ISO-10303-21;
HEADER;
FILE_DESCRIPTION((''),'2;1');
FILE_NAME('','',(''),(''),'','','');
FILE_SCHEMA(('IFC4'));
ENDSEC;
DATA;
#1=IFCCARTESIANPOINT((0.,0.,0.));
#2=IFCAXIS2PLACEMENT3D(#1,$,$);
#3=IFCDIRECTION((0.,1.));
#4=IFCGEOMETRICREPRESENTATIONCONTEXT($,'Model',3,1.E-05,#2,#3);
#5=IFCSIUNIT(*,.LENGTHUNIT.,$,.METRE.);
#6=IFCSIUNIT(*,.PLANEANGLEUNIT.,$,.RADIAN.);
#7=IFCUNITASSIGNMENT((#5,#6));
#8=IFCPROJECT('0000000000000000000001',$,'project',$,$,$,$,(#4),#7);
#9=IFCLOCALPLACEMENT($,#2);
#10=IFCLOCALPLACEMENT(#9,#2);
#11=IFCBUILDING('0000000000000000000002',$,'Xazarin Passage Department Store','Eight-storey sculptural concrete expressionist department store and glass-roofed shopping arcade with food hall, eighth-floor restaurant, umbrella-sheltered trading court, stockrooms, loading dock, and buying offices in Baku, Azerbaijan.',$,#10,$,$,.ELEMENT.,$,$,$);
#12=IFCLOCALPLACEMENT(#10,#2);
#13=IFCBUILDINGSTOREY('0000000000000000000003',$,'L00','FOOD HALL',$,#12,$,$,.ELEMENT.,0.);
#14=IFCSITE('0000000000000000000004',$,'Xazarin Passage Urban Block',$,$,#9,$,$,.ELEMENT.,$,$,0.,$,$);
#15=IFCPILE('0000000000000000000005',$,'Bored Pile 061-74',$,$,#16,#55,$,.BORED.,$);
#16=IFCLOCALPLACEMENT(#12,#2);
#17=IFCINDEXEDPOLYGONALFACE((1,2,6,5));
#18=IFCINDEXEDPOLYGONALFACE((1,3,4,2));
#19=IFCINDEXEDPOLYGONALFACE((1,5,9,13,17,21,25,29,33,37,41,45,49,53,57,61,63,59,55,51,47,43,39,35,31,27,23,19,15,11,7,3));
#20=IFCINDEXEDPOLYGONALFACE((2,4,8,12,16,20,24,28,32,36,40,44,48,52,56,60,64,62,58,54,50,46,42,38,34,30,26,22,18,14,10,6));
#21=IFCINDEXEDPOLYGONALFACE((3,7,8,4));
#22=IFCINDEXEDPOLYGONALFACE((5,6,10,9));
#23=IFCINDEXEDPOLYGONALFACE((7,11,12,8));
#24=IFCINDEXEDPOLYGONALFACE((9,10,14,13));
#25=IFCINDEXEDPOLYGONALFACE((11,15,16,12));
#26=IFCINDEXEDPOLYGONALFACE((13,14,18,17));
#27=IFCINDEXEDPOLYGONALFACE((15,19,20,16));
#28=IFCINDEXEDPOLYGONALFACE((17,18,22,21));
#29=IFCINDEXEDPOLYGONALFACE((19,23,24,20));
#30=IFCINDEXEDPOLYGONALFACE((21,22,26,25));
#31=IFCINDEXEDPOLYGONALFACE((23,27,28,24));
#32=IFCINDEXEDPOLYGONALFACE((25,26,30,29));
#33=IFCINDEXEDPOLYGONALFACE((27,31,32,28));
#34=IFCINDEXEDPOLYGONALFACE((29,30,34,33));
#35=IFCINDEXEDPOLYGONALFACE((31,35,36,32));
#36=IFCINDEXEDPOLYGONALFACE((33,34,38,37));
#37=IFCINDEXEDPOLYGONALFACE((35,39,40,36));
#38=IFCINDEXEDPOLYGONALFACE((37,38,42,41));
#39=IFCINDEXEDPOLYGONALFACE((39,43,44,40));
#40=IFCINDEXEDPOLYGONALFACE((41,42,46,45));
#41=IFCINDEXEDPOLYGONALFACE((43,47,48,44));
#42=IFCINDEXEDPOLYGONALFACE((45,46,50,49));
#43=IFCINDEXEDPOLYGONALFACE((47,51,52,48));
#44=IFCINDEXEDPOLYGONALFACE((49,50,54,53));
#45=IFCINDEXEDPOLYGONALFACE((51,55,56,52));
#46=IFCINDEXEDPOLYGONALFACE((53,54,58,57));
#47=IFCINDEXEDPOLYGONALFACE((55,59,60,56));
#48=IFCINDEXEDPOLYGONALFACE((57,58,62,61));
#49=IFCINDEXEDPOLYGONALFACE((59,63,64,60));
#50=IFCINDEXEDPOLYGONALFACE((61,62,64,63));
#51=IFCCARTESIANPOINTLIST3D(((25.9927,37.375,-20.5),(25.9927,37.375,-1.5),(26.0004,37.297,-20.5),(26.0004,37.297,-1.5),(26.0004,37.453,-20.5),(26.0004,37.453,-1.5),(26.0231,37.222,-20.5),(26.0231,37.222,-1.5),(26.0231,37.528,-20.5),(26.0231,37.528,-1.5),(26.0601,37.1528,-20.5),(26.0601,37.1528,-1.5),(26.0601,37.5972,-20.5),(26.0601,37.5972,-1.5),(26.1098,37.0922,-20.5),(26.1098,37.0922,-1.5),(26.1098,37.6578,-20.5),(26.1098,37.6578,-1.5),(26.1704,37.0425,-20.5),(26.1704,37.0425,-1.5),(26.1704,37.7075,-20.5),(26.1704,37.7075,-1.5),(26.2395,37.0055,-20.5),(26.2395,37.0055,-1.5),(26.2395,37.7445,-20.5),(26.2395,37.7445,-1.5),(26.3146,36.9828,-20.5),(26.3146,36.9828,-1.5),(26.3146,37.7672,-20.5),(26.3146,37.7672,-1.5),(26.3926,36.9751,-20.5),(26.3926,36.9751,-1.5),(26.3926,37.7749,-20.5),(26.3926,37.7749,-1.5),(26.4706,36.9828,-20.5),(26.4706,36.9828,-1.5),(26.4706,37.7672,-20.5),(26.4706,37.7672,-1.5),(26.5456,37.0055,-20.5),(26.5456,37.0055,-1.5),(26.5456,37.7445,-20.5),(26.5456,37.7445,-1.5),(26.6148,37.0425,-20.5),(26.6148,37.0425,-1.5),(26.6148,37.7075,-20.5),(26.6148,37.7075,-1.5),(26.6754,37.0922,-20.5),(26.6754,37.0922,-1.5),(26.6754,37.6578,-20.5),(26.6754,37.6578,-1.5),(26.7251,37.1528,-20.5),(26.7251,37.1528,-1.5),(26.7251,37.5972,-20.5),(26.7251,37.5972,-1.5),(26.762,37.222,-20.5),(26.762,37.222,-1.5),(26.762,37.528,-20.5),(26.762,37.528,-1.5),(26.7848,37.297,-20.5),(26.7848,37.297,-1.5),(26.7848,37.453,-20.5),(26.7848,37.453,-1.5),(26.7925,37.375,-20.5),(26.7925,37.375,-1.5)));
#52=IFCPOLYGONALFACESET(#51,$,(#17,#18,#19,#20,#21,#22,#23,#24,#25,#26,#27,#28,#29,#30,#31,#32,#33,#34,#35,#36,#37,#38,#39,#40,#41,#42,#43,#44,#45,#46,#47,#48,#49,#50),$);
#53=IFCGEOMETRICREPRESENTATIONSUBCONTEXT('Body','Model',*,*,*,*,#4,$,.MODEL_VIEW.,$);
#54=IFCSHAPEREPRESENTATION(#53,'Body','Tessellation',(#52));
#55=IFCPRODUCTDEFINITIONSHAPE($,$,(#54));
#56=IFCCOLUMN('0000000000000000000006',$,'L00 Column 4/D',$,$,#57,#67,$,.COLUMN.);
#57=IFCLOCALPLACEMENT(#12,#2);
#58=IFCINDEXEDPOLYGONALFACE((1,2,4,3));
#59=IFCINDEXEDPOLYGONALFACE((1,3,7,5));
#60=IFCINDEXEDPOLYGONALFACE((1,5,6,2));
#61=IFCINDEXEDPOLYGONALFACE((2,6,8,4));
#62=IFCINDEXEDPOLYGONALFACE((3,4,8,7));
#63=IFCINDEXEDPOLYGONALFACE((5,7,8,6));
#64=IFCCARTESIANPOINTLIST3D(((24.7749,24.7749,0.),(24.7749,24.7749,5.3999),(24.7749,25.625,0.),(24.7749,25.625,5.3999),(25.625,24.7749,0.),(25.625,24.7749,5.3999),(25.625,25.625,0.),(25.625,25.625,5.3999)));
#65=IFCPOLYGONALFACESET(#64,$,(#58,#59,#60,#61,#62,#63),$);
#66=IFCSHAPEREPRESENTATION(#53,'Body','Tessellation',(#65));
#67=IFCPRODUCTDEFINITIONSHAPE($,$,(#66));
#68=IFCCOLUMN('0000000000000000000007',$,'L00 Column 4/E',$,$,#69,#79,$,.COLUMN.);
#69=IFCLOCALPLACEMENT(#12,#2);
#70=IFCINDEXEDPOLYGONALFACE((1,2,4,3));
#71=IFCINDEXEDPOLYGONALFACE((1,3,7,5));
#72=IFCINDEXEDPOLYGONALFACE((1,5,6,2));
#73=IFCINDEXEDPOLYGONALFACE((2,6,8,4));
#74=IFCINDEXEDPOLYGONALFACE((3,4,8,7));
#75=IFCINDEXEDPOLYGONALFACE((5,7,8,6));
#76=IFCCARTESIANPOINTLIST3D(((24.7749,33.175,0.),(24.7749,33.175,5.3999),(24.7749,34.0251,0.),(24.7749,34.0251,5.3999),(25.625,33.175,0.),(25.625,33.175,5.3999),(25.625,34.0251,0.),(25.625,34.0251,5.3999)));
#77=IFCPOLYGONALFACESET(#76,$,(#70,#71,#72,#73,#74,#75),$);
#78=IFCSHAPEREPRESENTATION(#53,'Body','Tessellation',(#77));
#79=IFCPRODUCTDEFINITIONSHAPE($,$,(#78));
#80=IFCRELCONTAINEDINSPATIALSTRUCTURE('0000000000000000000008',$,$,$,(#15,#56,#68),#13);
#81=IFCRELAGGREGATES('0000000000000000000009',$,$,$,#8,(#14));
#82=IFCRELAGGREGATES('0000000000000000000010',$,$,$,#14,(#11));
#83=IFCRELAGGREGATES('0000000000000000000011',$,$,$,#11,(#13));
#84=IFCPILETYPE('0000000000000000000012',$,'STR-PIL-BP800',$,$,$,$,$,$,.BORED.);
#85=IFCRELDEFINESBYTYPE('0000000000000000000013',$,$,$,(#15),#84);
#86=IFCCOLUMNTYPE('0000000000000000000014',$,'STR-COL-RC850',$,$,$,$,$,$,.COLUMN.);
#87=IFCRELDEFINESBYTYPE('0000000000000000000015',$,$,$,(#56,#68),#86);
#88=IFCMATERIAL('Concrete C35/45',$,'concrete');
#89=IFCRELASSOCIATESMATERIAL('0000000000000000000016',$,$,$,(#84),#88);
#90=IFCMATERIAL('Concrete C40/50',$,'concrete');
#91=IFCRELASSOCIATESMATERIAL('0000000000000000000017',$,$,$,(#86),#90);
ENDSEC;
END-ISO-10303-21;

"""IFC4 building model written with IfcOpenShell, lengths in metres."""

from ifc_helpers import new_model, si_unit, direction, frame, origin, origin_2d, place, context, subcontext, project, spatial, rectangle, circle, extrude, material, material_profile, profile_set, type_object, element, save


model = new_model("IFC4")

# Units and contexts
model_context = context("Model", 3, precision=1e-05, world=origin(), true_north=direction((0.0, 1.0)))
body_context = subcontext(model_context, "Body", "Model", "MODEL_VIEW")
ifc_project = project(units=[si_unit("LENGTHUNIT", "METRE"), si_unit("PLANEANGLEUNIT", "RADIAN")], contexts=[model_context])

# Site, building, storey
site_placement = place(None, origin())
site = spatial("IfcSite", under=ifc_project, at=site_placement, Name="Xazarin Passage Urban Block", CompositionType="ELEMENT", RefElevation=0.0)
building_placement = place(site_placement, origin())
building = spatial("IfcBuilding", under=site, at=building_placement, Name="Xazarin Passage Department Store", Description="Eight-storey sculptural concrete expressionist department store and glass-roofed shopping arcade with food hall, eighth-floor restaurant, umbrella-sheltered trading court, stockrooms, loading dock, and buying offices in Baku, Azerbaijan.", CompositionType="ELEMENT")
storey_placement = place(building_placement, origin())
storey = spatial("IfcBuildingStorey", under=building, at=storey_placement, Name="L00", Description="FOOD HALL", CompositionType="ELEMENT", Elevation=0.0)

# Shared definitions
ifc_material_1 = material(Name="Concrete C35/45", Category="concrete")

# Pile
ifc_material_profile_1 = material_profile(ifc_material_1, circle(Radius=0.3999, at=origin_2d()), Name="BP 800")
ifc_profile_set_1 = profile_set([ifc_material_profile_1], Name="Concrete C35/45")
pile_type_1 = type_object("IfcPileType", Name="STR-PIL-BP800", PredefinedType="BORED", material=ifc_profile_set_1)
for number, where, z_axis, x_axis, name in (
    (1, (26.3926, 37.375, -1.5), (0.0, 0.0, -1.0), (1.0, 0.0, 0.0), "Bored Pile 061-74"),
):
    element("IfcPile", number, at=place(storey_placement, frame(where, z_axis=z_axis, x_axis=x_axis)), inside=storey, type_object=pile_type_1, Name=name, PredefinedType="BORED", context=body_context, shape_type="SweptSolid", body=[
        extrude(circle(Radius=0.3999, at=origin_2d()), origin(), (0.0, 0.0, 1.0), 19.0),
    ])

# Columns
ifc_material_2 = material(Name="Concrete C40/50", Category="concrete")
ifc_material_profile_2 = material_profile(ifc_material_2, rectangle(XDim=0.8501, YDim=0.8501, at=origin_2d()), Name="RC 850x850")
ifc_profile_set_2 = profile_set([ifc_material_profile_2], Name="Concrete C40/50")
column_type = type_object("IfcColumnType", Name="STR-COL-RC850", PredefinedType="COLUMN", material=ifc_profile_set_2)
for number, where, z_axis, x_axis, name in (
    (2, (25.2, 25.2, 0.0), (0.0, 0.0, 1.0), (1.0, 0.0, 0.0), "L00 Column 4/D"),
    (3, (25.2, 33.6001, 0.0), (0.0, 0.0, 1.0), (1.0, 0.0, 0.0), "L00 Column 4/E"),
):
    element("IfcColumn", number, at=place(storey_placement, frame(where, z_axis=z_axis, x_axis=x_axis)), inside=storey, type_object=column_type, Name=name, PredefinedType="COLUMN", context=body_context, shape_type="SweptSolid", body=[
        extrude(rectangle(XDim=0.8501, YDim=0.8501, at=origin_2d()), origin(), (0.0, 0.0, 1.0), 5.3999),
    ])

save(model, "model.ifc")
